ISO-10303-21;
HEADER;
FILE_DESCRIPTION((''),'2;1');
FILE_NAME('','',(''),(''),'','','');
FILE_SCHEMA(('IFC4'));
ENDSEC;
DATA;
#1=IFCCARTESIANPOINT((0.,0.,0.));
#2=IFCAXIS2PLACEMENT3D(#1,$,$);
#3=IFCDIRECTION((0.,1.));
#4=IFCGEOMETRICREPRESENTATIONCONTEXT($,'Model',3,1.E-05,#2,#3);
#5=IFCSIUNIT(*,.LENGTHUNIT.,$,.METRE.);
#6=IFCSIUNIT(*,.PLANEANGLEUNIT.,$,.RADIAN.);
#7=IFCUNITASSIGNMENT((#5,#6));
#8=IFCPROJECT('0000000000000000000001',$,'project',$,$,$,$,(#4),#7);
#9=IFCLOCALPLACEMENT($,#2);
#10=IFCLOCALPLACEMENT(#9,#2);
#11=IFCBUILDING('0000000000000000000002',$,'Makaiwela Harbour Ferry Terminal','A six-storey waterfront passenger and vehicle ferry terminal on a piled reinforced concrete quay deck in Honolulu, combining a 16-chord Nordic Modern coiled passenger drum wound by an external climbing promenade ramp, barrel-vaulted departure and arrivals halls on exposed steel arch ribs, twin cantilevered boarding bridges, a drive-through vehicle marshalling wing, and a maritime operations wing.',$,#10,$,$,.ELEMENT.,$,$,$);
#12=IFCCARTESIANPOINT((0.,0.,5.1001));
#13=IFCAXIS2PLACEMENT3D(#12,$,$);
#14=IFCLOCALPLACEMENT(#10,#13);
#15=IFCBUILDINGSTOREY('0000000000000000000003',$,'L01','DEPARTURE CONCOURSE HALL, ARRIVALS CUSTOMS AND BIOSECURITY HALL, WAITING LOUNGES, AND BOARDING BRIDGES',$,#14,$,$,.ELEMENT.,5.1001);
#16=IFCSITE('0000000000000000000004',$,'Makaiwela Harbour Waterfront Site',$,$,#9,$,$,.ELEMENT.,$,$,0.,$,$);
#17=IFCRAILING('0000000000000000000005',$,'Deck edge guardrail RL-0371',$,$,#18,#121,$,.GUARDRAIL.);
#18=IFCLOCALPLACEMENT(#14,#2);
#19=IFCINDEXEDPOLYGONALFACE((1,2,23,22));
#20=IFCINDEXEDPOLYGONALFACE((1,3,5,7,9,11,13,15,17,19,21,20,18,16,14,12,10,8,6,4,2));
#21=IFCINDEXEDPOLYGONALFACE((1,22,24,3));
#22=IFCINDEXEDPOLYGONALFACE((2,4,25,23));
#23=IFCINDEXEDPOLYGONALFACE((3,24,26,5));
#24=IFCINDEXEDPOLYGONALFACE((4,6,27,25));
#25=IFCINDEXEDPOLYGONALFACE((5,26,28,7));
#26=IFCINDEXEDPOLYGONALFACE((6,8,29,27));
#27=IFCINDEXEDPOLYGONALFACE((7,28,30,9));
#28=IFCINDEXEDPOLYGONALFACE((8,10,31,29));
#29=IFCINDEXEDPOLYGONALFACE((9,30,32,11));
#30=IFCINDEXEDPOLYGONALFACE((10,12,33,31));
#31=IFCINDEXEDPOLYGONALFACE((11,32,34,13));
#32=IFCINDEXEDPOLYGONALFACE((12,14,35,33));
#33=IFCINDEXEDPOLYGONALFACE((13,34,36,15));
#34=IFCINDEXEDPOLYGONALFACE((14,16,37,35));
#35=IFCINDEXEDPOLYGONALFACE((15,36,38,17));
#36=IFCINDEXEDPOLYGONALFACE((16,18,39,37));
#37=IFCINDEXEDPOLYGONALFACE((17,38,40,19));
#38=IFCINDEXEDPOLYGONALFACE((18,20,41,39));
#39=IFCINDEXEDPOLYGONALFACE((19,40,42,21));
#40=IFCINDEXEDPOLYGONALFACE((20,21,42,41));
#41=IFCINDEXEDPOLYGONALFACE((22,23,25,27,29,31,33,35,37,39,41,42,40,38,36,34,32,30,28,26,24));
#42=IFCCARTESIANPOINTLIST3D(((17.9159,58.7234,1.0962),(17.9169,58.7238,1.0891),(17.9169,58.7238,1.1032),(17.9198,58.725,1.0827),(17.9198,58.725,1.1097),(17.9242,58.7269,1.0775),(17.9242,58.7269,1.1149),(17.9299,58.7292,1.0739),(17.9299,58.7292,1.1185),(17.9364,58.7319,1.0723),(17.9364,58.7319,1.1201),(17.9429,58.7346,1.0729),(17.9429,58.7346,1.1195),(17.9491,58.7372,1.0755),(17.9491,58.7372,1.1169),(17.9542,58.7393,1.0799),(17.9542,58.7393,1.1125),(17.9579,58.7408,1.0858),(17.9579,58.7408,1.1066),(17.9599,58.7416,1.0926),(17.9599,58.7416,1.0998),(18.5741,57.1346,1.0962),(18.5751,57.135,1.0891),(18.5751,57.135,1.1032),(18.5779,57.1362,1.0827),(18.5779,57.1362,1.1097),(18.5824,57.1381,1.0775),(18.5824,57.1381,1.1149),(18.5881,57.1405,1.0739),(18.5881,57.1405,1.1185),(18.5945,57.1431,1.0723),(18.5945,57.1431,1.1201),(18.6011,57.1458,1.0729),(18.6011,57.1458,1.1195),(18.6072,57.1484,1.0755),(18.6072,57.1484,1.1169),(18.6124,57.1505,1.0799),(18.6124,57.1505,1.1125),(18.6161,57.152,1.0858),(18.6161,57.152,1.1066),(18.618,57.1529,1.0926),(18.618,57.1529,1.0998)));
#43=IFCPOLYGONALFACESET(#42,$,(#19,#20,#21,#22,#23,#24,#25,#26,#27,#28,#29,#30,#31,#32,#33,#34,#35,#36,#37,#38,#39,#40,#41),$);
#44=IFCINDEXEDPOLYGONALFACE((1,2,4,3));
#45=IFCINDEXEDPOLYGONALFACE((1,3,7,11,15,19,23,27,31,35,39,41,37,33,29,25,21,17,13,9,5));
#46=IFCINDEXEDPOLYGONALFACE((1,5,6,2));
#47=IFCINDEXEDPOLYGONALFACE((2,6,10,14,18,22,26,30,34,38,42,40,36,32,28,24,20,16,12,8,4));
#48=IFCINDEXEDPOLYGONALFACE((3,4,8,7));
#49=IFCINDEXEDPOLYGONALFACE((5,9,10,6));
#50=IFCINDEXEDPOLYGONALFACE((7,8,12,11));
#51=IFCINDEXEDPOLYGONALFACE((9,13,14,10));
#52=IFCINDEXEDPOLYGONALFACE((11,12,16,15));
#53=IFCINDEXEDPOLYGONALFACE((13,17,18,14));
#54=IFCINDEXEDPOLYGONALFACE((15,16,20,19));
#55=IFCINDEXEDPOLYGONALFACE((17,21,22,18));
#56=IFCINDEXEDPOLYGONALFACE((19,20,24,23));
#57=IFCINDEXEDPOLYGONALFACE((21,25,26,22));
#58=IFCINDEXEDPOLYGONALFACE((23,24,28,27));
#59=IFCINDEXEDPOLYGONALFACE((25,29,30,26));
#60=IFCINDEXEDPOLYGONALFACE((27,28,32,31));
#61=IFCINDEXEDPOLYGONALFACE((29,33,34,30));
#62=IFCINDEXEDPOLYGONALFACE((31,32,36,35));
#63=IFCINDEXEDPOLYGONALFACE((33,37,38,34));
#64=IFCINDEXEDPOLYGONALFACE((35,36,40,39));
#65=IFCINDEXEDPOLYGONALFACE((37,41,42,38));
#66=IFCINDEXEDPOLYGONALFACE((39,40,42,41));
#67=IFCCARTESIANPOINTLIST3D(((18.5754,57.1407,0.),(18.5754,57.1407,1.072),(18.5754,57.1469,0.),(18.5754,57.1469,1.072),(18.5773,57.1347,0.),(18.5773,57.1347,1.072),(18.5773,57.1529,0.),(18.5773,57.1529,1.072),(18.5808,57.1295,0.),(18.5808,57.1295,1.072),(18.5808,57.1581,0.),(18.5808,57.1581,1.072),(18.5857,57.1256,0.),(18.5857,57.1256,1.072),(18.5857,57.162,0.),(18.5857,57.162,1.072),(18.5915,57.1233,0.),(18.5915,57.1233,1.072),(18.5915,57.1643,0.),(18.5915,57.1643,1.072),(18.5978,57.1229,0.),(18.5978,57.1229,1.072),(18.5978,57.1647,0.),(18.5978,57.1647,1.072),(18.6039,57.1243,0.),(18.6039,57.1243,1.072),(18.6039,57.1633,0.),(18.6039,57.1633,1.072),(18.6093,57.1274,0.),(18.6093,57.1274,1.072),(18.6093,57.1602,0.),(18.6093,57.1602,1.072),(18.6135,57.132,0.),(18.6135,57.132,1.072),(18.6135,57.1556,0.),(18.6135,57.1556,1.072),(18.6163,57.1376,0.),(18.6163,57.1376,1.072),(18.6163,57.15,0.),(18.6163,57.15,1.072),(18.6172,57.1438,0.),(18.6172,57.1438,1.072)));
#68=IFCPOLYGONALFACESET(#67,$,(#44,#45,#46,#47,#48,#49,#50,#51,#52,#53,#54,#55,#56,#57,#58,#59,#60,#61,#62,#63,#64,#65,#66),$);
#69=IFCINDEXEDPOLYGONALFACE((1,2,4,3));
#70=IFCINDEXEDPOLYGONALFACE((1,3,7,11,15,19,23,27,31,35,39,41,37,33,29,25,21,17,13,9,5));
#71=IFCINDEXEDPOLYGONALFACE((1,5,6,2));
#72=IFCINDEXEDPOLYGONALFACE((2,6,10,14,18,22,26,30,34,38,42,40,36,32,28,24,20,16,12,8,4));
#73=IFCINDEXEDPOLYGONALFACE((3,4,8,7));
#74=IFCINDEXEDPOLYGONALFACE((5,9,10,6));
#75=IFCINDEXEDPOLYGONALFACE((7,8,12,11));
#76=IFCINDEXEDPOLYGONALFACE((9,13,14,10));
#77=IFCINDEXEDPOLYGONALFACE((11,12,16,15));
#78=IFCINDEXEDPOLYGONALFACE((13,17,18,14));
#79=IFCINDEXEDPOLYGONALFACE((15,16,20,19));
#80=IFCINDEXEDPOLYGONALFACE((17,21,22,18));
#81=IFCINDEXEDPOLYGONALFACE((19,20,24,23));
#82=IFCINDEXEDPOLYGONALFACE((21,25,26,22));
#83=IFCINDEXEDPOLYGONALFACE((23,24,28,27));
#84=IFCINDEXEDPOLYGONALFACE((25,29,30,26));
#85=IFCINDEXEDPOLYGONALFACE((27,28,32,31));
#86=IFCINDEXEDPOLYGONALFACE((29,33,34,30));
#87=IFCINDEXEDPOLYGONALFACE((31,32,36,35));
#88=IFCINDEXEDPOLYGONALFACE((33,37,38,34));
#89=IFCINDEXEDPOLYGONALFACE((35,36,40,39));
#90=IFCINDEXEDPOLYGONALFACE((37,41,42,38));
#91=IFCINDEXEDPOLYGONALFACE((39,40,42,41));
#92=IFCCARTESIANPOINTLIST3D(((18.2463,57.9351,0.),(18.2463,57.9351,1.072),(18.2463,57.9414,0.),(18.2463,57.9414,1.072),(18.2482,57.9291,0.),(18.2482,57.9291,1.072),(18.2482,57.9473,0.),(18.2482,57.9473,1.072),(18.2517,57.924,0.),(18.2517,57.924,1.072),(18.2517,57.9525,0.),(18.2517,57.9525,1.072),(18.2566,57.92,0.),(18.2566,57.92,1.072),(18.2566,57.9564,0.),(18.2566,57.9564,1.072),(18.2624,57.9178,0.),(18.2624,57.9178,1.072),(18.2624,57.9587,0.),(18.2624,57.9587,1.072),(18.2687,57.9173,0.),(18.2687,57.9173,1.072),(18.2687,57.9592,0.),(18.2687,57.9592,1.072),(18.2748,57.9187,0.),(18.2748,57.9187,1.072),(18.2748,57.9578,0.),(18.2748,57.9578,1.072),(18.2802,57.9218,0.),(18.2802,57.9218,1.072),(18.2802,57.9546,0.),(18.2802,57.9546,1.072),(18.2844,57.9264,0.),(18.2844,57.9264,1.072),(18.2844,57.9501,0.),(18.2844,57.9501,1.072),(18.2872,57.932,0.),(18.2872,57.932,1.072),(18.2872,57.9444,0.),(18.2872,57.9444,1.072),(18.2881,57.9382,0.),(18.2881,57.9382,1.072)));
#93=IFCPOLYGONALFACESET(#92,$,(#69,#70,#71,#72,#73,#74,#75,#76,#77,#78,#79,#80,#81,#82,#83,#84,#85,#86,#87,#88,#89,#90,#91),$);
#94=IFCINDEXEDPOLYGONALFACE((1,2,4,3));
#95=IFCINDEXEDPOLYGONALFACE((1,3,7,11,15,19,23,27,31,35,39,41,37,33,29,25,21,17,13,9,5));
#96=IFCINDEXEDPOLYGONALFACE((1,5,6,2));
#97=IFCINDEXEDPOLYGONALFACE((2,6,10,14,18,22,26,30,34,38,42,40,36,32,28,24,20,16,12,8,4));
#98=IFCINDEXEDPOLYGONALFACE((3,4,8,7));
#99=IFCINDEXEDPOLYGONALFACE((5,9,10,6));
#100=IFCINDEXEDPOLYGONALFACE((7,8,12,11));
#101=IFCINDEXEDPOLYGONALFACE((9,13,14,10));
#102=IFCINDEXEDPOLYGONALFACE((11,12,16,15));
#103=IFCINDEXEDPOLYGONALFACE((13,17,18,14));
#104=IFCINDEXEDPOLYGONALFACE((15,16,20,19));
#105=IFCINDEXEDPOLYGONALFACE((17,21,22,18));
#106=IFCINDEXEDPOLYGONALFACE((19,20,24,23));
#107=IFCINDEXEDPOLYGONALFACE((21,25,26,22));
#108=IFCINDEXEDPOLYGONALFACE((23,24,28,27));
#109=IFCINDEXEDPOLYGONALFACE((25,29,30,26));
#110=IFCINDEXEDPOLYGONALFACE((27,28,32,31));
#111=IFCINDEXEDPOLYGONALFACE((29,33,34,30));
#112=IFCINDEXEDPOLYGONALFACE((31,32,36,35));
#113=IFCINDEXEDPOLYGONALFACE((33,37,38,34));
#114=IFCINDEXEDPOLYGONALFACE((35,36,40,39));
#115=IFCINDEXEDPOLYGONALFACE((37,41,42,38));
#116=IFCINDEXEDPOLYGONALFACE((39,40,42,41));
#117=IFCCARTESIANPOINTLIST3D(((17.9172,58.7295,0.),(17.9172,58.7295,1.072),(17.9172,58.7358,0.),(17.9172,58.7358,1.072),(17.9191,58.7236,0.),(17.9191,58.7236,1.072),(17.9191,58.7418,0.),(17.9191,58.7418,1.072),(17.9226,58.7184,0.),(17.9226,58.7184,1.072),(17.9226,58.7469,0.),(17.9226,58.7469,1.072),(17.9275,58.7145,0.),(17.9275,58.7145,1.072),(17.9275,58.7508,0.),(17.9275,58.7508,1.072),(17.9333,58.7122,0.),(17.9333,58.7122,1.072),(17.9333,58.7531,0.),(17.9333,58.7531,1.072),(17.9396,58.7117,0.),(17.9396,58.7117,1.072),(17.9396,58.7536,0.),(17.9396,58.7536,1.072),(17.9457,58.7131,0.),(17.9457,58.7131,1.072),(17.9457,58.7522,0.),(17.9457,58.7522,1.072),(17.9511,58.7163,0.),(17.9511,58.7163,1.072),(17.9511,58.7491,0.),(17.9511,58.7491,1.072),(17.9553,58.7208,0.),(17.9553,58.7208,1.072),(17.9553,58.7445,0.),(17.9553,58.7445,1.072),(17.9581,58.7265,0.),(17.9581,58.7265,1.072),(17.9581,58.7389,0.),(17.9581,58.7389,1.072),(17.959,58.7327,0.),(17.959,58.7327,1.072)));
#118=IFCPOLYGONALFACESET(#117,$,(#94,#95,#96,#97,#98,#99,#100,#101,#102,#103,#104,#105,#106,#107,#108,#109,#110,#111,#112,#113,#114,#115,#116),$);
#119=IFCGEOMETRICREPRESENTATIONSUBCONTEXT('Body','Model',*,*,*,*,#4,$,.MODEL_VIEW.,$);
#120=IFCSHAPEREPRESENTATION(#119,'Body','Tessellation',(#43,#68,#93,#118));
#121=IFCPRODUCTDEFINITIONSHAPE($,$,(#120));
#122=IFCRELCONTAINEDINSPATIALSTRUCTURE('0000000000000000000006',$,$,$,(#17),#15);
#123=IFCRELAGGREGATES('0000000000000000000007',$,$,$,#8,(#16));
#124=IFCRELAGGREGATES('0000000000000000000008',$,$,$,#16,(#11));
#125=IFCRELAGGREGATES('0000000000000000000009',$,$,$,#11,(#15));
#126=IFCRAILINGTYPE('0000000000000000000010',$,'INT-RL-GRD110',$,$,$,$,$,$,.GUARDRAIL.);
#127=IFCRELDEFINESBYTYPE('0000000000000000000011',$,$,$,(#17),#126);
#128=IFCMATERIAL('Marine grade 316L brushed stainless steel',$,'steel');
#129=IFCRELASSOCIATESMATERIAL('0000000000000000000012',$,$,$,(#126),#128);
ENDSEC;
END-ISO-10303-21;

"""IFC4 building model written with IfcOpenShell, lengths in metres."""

from ifc_helpers import new_model, si_unit, direction, frame, origin, origin_2d, place, context, subcontext, project, spatial, circle, extrude, material, type_object, element, save


model = new_model("IFC4")

# Units and contexts
model_context = context("Model", 3, precision=1e-05, world=origin(), true_north=direction((0.0, 1.0)))
body_context = subcontext(model_context, "Body", "Model", "MODEL_VIEW")
ifc_project = project(units=[si_unit("LENGTHUNIT", "METRE"), si_unit("PLANEANGLEUNIT", "RADIAN")], contexts=[model_context])

# Site, building, storey
site_placement = place(None, origin())
site = spatial("IfcSite", under=ifc_project, at=site_placement, Name="Makaiwela Harbour Waterfront Site", CompositionType="ELEMENT", RefElevation=0.0)
building_placement = place(site_placement, origin())
building = spatial("IfcBuilding", under=site, at=building_placement, Name="Makaiwela Harbour Ferry Terminal", Description="A six-storey waterfront passenger and vehicle ferry terminal on a piled reinforced concrete quay deck in Honolulu, combining a 16-chord Nordic Modern coiled passenger drum wound by an external climbing promenade ramp, barrel-vaulted departure and arrivals halls on exposed steel arch ribs, twin cantilevered boarding bridges, a drive-through vehicle marshalling wing, and a maritime operations wing.", CompositionType="ELEMENT")
storey_placement = place(building_placement, frame((0.0, 0.0, 5.1001)))
storey = spatial("IfcBuildingStorey", under=building, at=storey_placement, Name="L01", Description="DEPARTURE CONCOURSE HALL, ARRIVALS CUSTOMS AND BIOSECURITY HALL, WAITING LOUNGES, AND BOARDING BRIDGES", CompositionType="ELEMENT", Elevation=5.1001)

# Railing
ifc_material_1 = material(Name="Marine grade 316L brushed stainless steel", Category="steel")
railing_type = type_object("IfcRailingType", Name="INT-RL-GRD110", PredefinedType="GUARDRAIL", material=ifc_material_1)
railing_1_placement = place(storey_placement, frame((18.5962, 57.1438, 0.0)))
element("IfcRailing", 1, at=railing_1_placement, inside=storey, type_object=railing_type, Name="Deck edge guardrail RL-0371", PredefinedType="GUARDRAIL", context=body_context, shape_type="SweptSolid", body=[
    extrude(circle(Radius=0.0239, at=origin_2d()), frame((0.0, 0.0, 1.0962), z_axis=(-0.38272, 0.923865, 0.0), x_axis=(-0.923865, -0.38272, 0.0)), (0.0, 0.0, 1.0), 1.7197),
    extrude(circle(Radius=0.021, at=origin_2d()), origin(), (0.0, 0.0, 1.0), 1.072),
    extrude(circle(Radius=0.021, at=origin_2d()), frame((-0.3291, 0.7944, 0.0)), (0.0, 0.0, 1.0), 1.072),
    extrude(circle(Radius=0.021, at=origin_2d()), frame((-0.6582, 1.5889, 0.0)), (0.0, 0.0, 1.0), 1.072),
])

save(model, "model.ifc")
